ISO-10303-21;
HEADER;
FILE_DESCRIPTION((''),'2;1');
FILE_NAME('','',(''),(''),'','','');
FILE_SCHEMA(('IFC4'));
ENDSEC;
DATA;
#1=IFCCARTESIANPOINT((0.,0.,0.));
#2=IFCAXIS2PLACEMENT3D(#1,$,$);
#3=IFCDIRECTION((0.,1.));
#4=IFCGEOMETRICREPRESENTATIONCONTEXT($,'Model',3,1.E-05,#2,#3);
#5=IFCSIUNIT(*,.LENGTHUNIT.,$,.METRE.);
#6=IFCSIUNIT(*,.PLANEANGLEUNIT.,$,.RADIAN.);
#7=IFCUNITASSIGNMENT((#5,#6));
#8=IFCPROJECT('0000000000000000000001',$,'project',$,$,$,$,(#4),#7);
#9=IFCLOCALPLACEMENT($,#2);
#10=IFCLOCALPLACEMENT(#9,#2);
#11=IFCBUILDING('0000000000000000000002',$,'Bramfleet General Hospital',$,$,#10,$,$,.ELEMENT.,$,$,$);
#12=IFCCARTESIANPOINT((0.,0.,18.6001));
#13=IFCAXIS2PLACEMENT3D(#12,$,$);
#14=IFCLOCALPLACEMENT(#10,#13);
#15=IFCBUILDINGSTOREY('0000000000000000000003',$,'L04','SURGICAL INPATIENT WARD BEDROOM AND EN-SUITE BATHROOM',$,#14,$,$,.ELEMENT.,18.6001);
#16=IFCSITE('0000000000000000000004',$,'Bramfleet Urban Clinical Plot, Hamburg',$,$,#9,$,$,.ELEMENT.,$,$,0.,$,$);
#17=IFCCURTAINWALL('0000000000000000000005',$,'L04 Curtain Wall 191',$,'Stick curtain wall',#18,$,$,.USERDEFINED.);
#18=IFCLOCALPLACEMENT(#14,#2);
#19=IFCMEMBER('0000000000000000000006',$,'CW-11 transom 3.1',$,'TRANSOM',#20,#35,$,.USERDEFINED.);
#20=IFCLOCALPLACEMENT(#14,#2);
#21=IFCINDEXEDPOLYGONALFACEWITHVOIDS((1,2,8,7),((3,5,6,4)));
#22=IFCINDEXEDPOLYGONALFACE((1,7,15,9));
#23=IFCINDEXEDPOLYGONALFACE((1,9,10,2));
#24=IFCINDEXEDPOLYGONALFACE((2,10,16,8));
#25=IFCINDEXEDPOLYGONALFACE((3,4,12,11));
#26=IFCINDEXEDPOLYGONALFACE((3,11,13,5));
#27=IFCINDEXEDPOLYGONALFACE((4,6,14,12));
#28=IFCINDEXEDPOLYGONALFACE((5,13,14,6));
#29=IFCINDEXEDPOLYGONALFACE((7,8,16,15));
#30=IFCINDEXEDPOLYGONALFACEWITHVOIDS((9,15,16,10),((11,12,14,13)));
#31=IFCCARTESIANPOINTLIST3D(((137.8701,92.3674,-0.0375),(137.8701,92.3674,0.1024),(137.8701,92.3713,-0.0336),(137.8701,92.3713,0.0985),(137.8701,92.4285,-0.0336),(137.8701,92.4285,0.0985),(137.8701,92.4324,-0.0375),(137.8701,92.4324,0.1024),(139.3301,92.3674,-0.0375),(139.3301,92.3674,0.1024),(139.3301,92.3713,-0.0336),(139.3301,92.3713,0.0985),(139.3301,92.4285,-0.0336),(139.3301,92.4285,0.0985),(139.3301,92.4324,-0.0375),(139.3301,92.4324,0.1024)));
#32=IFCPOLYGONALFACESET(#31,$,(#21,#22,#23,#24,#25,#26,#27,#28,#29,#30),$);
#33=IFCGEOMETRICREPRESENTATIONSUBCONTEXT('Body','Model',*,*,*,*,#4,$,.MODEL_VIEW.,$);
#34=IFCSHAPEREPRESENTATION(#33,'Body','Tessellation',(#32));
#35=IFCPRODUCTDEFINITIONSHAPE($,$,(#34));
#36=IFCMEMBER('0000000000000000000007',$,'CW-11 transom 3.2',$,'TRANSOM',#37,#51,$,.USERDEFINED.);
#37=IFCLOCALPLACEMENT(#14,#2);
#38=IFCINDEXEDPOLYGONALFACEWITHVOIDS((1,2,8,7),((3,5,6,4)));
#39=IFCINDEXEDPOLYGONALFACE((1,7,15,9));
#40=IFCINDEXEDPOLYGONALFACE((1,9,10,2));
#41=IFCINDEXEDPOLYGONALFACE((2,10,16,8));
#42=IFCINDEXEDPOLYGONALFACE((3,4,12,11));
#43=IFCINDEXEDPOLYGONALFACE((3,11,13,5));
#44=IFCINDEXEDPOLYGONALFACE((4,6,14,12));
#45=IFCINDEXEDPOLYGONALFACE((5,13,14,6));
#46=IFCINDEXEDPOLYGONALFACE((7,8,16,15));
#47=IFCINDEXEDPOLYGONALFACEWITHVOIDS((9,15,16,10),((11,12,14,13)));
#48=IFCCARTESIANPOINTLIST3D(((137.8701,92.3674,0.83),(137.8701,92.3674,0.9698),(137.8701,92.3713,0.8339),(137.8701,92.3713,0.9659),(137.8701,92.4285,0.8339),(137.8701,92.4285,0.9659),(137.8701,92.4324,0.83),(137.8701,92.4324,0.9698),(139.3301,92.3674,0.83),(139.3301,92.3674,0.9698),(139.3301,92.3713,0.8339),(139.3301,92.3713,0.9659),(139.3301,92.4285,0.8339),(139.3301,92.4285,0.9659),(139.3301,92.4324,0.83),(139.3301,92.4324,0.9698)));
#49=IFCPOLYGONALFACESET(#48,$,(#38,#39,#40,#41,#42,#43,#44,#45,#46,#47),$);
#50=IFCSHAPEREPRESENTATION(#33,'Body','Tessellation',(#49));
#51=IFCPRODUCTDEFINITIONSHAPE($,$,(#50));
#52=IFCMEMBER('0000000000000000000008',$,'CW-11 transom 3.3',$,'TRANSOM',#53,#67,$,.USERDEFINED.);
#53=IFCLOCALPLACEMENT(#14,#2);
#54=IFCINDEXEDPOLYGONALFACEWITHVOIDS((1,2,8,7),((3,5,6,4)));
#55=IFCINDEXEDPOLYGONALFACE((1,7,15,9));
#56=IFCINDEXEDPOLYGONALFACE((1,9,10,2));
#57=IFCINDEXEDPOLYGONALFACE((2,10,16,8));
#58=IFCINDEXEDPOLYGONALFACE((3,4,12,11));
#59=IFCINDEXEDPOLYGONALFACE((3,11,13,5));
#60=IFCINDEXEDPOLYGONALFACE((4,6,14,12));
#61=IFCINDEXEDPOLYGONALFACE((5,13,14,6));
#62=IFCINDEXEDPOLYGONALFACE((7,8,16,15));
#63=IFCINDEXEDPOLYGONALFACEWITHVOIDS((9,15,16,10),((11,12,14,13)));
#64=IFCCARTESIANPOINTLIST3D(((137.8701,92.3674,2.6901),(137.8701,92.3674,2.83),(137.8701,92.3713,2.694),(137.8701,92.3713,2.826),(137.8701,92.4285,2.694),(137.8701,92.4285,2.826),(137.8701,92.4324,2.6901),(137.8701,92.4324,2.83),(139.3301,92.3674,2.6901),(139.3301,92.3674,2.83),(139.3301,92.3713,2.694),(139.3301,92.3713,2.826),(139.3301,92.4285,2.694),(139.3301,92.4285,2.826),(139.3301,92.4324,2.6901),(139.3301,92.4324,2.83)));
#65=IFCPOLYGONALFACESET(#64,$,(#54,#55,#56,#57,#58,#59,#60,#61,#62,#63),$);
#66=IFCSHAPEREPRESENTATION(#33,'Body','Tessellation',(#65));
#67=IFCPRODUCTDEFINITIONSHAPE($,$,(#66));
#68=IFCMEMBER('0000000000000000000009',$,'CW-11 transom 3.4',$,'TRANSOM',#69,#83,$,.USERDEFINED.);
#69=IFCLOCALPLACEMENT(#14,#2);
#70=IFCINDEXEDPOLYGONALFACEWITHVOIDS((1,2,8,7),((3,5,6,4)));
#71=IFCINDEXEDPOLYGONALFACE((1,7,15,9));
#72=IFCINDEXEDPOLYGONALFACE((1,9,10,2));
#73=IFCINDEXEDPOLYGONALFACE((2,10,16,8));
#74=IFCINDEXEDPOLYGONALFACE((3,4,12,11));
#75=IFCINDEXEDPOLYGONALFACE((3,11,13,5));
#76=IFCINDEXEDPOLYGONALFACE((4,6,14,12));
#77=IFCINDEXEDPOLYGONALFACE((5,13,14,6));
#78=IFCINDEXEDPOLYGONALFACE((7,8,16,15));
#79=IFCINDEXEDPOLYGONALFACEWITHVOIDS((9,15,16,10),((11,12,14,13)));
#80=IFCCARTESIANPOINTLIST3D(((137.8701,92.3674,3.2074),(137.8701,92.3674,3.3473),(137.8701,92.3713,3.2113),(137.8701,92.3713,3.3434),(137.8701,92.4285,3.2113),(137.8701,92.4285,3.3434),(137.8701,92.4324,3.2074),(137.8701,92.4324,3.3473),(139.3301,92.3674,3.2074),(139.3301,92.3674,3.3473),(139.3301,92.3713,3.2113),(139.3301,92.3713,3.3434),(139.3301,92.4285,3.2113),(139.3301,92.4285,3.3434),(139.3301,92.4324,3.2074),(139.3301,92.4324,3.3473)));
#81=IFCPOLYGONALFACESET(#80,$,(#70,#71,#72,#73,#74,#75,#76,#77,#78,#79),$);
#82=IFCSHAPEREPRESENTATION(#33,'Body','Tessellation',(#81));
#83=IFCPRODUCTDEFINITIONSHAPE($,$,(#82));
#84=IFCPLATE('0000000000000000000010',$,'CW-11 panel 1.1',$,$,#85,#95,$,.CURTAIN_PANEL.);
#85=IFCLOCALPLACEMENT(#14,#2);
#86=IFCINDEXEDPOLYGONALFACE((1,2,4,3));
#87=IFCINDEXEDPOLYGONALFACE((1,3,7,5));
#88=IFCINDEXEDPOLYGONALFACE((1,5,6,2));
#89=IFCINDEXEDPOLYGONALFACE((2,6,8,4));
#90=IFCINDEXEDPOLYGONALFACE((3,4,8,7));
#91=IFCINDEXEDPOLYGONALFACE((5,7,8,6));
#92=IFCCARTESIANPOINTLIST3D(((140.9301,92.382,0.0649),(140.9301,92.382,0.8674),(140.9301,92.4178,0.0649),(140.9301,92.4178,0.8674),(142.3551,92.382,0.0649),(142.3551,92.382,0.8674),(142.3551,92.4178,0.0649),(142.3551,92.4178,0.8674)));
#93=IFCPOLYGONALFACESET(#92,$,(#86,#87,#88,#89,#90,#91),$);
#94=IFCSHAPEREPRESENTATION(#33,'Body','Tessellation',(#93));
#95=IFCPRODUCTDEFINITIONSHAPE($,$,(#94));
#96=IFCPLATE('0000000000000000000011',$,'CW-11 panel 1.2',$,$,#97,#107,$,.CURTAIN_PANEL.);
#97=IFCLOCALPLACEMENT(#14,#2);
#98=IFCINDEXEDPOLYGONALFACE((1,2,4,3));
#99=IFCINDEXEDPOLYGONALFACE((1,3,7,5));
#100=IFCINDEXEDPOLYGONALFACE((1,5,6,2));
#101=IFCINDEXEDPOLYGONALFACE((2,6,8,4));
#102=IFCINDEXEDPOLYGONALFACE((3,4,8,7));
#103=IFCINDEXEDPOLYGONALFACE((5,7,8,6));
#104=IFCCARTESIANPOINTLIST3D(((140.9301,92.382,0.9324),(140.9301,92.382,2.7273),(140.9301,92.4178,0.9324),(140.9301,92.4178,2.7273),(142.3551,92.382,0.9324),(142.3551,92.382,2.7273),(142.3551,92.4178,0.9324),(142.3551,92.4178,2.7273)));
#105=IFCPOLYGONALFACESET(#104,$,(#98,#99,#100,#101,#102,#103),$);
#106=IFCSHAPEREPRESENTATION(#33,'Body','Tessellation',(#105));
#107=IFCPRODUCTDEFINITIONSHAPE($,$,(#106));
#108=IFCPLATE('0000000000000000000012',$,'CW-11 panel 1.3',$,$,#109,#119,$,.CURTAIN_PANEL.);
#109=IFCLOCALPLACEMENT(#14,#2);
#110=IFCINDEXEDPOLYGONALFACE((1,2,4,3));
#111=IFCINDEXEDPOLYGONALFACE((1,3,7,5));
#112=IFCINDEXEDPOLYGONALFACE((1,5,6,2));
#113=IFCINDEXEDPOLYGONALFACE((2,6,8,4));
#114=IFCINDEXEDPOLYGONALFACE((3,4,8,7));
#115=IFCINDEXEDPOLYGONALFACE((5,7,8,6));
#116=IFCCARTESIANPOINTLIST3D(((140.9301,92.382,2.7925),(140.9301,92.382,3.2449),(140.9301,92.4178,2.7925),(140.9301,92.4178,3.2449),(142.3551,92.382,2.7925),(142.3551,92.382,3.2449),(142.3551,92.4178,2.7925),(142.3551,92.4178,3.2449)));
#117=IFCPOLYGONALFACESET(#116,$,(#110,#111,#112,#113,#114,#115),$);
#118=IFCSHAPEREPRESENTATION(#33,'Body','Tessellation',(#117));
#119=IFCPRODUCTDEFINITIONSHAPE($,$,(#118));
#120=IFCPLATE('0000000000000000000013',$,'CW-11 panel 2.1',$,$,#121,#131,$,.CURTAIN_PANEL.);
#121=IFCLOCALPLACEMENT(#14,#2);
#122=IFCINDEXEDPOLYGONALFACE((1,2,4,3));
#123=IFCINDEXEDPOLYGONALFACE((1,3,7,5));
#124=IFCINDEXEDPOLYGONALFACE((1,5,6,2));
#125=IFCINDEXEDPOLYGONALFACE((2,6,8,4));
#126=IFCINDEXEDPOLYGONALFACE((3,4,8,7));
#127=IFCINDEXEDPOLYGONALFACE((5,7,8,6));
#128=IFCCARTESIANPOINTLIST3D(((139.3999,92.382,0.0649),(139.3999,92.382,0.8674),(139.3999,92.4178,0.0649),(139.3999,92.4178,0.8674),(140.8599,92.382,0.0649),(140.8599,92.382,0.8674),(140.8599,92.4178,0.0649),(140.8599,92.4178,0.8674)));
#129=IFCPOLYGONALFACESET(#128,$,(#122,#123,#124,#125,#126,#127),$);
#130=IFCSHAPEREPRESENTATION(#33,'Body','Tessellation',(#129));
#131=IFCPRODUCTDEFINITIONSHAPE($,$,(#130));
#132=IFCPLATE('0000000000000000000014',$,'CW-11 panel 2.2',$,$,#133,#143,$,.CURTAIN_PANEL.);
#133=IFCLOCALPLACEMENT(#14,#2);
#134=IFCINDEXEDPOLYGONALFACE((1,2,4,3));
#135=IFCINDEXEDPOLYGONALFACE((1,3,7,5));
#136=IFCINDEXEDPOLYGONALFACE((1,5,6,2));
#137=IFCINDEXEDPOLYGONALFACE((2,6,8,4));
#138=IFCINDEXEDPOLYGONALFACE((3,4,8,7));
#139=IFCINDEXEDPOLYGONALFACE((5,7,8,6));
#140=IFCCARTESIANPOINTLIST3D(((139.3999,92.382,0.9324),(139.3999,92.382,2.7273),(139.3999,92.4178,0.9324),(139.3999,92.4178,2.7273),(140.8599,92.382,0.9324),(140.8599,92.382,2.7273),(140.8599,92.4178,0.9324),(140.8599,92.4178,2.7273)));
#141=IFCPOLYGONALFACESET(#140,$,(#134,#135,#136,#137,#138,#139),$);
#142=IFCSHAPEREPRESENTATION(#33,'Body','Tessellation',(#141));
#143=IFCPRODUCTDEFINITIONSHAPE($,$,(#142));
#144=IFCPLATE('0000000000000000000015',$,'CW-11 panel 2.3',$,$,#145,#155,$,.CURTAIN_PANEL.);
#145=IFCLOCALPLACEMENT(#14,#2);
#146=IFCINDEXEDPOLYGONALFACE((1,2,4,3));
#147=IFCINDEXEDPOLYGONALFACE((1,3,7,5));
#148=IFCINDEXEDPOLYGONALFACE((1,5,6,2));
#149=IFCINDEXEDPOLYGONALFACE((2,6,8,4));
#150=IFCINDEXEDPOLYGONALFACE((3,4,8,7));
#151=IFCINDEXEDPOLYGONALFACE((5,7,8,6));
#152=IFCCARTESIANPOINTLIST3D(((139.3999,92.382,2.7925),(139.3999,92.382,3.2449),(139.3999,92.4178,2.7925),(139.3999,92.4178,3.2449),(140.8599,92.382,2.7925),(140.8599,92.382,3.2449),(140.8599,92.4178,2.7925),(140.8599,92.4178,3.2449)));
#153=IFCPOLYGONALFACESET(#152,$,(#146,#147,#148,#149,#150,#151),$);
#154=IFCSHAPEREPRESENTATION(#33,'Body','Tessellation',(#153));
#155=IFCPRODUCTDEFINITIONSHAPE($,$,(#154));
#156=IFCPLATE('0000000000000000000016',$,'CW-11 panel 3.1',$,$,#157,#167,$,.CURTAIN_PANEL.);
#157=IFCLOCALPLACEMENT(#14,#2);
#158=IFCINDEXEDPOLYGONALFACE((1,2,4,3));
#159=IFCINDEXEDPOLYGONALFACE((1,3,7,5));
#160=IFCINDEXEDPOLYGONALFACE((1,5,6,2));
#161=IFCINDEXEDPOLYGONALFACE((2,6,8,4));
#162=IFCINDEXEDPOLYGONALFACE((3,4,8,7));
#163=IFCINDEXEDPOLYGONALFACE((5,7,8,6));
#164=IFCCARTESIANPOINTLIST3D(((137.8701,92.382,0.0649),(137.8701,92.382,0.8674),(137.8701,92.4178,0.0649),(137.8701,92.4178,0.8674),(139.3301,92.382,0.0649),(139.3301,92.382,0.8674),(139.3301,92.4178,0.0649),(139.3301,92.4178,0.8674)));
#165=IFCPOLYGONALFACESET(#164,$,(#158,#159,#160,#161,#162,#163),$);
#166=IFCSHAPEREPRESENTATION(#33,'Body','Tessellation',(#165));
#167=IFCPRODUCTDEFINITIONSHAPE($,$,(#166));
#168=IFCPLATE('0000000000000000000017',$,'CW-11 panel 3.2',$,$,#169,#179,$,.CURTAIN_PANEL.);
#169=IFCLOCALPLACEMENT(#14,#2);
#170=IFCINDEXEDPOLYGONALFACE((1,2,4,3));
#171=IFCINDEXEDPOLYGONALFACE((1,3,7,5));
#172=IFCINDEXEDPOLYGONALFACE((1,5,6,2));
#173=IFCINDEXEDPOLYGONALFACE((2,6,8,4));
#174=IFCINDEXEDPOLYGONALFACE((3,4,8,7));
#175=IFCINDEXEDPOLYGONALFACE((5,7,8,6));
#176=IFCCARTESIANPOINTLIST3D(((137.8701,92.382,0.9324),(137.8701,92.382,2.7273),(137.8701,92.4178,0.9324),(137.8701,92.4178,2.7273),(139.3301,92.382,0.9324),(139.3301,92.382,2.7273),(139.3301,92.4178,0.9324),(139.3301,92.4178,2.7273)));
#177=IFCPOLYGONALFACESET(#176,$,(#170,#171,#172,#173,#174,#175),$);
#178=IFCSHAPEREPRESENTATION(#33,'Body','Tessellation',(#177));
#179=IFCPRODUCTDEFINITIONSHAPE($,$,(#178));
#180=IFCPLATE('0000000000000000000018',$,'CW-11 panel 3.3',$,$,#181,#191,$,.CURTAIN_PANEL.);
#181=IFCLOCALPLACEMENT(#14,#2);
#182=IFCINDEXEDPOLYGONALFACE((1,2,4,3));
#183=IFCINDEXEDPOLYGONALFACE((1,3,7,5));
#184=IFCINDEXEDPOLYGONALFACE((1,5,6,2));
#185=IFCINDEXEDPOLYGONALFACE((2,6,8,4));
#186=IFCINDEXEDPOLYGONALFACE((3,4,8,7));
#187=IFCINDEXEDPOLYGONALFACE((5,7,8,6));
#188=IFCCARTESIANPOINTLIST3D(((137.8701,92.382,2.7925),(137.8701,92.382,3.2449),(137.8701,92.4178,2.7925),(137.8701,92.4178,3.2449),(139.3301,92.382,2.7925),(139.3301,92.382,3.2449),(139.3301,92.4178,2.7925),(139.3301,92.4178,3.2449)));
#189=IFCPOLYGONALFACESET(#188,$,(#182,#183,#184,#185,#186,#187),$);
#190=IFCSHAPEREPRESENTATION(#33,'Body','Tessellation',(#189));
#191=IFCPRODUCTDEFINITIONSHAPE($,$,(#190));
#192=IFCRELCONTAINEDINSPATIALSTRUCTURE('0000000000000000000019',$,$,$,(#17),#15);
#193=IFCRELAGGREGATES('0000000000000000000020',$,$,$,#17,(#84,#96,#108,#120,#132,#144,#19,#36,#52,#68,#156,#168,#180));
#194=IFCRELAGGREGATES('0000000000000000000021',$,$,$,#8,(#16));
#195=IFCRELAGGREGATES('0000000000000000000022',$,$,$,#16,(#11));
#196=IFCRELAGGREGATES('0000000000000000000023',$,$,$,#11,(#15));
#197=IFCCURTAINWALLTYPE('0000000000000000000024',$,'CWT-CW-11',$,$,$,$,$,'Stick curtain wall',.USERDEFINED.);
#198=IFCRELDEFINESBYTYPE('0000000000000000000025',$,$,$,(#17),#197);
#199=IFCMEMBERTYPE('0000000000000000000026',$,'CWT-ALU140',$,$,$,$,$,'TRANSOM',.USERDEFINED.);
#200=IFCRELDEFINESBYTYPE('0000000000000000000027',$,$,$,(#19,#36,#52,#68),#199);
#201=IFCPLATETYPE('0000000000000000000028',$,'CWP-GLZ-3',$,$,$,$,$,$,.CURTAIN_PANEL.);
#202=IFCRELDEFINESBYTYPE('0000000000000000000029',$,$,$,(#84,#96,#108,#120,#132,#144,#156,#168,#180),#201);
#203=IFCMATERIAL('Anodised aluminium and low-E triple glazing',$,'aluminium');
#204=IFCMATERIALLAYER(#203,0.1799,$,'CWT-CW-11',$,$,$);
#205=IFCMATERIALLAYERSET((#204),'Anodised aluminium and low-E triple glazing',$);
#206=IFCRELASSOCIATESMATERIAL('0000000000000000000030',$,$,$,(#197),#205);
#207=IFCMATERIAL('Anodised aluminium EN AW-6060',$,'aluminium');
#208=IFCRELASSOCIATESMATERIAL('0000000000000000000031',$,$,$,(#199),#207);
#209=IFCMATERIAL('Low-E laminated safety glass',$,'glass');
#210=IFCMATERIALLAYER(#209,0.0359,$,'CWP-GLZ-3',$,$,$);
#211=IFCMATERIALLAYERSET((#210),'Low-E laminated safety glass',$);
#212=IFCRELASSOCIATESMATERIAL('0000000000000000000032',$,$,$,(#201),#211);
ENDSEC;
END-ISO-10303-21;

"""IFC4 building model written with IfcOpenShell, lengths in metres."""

from ifc_helpers import new_model, si_unit, direction, frame, origin, origin_2d, place, context, subcontext, project, spatial, rectangle, hollow_rectangle, extrude, material, layer, layer_set, material_profile, profile_set, type_object, element, aggregate, save


model = new_model("IFC4")

# Units and contexts
model_context = context("Model", 3, precision=1e-05, world=origin(), true_north=direction((0.0, 1.0)))
body_context = subcontext(model_context, "Body", "Model", "MODEL_VIEW")
ifc_project = project(units=[si_unit("LENGTHUNIT", "METRE"), si_unit("PLANEANGLEUNIT", "RADIAN")], contexts=[model_context])

# Site, building, storey
site_placement = place(None, origin())
site = spatial("IfcSite", under=ifc_project, at=site_placement, Name="Bramfleet Urban Clinical Plot, Hamburg", CompositionType="ELEMENT", RefElevation=0.0)
building_placement = place(site_placement, origin())
building = spatial("IfcBuilding", under=site, at=building_placement, Name="Bramfleet General Hospital", CompositionType="ELEMENT")
storey_placement = place(building_placement, frame((0.0, 0.0, 18.6001)))
storey = spatial("IfcBuildingStorey", under=building, at=storey_placement, Name="L04", Description="SURGICAL INPATIENT WARD BEDROOM AND EN-SUITE BATHROOM", CompositionType="ELEMENT", Elevation=18.6001)

# Curtain wall, members, plates
ifc_material_1 = material(Name="Anodised aluminium and low-E triple glazing", Category="aluminium")
ifc_layer_1 = layer(ifc_material_1, 0.1799, Name="CWT-CW-11")
ifc_layer_set_1 = layer_set([ifc_layer_1], Name="Anodised aluminium and low-E triple glazing")
curtain_wall_type = type_object("IfcCurtainWallType", Name="CWT-CW-11", ElementType="Stick curtain wall", PredefinedType="USERDEFINED", material=ifc_layer_set_1)
curtain_wall_placement = place(storey_placement, origin())
curtain_wall = element("IfcCurtainWall", 1, at=curtain_wall_placement, inside=storey, type_object=curtain_wall_type, Name="L04 Curtain Wall 191", ObjectType="Stick curtain wall", PredefinedType="USERDEFINED")
ifc_material_2 = material(Name="Anodised aluminium EN AW-6060", Category="aluminium")
ifc_material_profile_1 = material_profile(ifc_material_2, hollow_rectangle(XDim=0.0649, YDim=0.1399, WallThickness=0.0039, at=origin_2d()), Name="ALU 140x65x4.0")
ifc_profile_set_1 = profile_set([ifc_material_profile_1], Name="Anodised aluminium EN AW-6060")
member_type_1 = type_object("IfcMemberType", Name="CWT-ALU140", ElementType="TRANSOM", PredefinedType="USERDEFINED", material=ifc_profile_set_1)
member_1_placement = place(storey_placement, frame((139.3301, 92.3999, 0.0325), z_axis=(-1.0, 0.0, 0.0), x_axis=(0.0, -1.0, 0.0)))
member_1 = element("IfcMember", 2, at=member_1_placement, type_object=member_type_1, Name="CW-11 transom 3.1", ObjectType="TRANSOM", PredefinedType="USERDEFINED", context=body_context, shape_type="SweptSolid", body=[
    extrude(hollow_rectangle(XDim=0.0649, YDim=0.1399, WallThickness=0.0039, at=origin_2d()), origin(), (0.0, 0.0, 1.0), 1.46),
])
member_2_placement = place(storey_placement, frame((139.3301, 92.3999, 0.8999), z_axis=(-1.0, 0.0, 0.0), x_axis=(0.0, -1.0, 0.0)))
member_2 = element("IfcMember", 3, at=member_2_placement, type_object=member_type_1, Name="CW-11 transom 3.2", ObjectType="TRANSOM", PredefinedType="USERDEFINED", context=body_context, shape_type="SweptSolid", body=[
    extrude(hollow_rectangle(XDim=0.0649, YDim=0.1399, WallThickness=0.0039, at=origin_2d()), origin(), (0.0, 0.0, 1.0), 1.46),
])
member_3_placement = place(storey_placement, frame((139.3301, 92.3999, 2.76), z_axis=(-1.0, 0.0, 0.0), x_axis=(0.0, -1.0, 0.0)))
member_3 = element("IfcMember", 4, at=member_3_placement, type_object=member_type_1, Name="CW-11 transom 3.3", ObjectType="TRANSOM", PredefinedType="USERDEFINED", context=body_context, shape_type="SweptSolid", body=[
    extrude(hollow_rectangle(XDim=0.0649, YDim=0.1399, WallThickness=0.0039, at=origin_2d()), origin(), (0.0, 0.0, 1.0), 1.46),
])
member_4_placement = place(storey_placement, frame((139.3301, 92.3999, 3.2773), z_axis=(-1.0, 0.0, 0.0), x_axis=(0.0, -1.0, 0.0)))
member_4 = element("IfcMember", 5, at=member_4_placement, type_object=member_type_1, Name="CW-11 transom 3.4", ObjectType="TRANSOM", PredefinedType="USERDEFINED", context=body_context, shape_type="SweptSolid", body=[
    extrude(hollow_rectangle(XDim=0.0649, YDim=0.1399, WallThickness=0.0039, at=origin_2d()), origin(), (0.0, 0.0, 1.0), 1.46),
])
ifc_material_3 = material(Name="Low-E laminated safety glass", Category="glass")
ifc_layer_2 = layer(ifc_material_3, 0.0359, Name="CWP-GLZ-3")
ifc_layer_set_2 = layer_set([ifc_layer_2], Name="Low-E laminated safety glass")
plate_type = type_object("IfcPlateType", Name="CWP-GLZ-3", PredefinedType="CURTAIN_PANEL", material=ifc_layer_set_2)
plate_1_placement = place(storey_placement, frame((141.6426, 92.3999, 0.0649), z_axis=(0.0, 0.0, 1.0), x_axis=(-1.0, 0.0, 0.0)))
plate_1 = element("IfcPlate", 6, at=plate_1_placement, type_object=plate_type, Name="CW-11 panel 1.1", PredefinedType="CURTAIN_PANEL", context=body_context, shape_type="SweptSolid", body=[
    extrude(rectangle(XDim=1.425, YDim=0.0359, at=origin_2d()), origin(), (0.0, 0.0, 1.0), 0.8025),
])
plate_2_placement = place(storey_placement, frame((141.6426, 92.3999, 0.9324), z_axis=(0.0, 0.0, 1.0), x_axis=(-1.0, 0.0, 0.0)))
plate_2 = element("IfcPlate", 7, at=plate_2_placement, type_object=plate_type, Name="CW-11 panel 1.2", PredefinedType="CURTAIN_PANEL", context=body_context, shape_type="SweptSolid", body=[
    extrude(rectangle(XDim=1.425, YDim=0.0359, at=origin_2d()), origin(), (0.0, 0.0, 1.0), 1.7949),
])
plate_3_placement = place(storey_placement, frame((141.6426, 92.3999, 2.7925), z_axis=(0.0, 0.0, 1.0), x_axis=(-1.0, 0.0, 0.0)))
plate_3 = element("IfcPlate", 8, at=plate_3_placement, type_object=plate_type, Name="CW-11 panel 1.3", PredefinedType="CURTAIN_PANEL", context=body_context, shape_type="SweptSolid", body=[
    extrude(rectangle(XDim=1.425, YDim=0.0359, at=origin_2d()), origin(), (0.0, 0.0, 1.0), 0.4524),
])
plate_4_placement = place(storey_placement, frame((140.1299, 92.3999, 0.0649), z_axis=(0.0, 0.0, 1.0), x_axis=(-1.0, 0.0, 0.0)))
plate_4 = element("IfcPlate", 9, at=plate_4_placement, type_object=plate_type, Name="CW-11 panel 2.1", PredefinedType="CURTAIN_PANEL", context=body_context, shape_type="SweptSolid", body=[
    extrude(rectangle(XDim=1.46, YDim=0.0359, at=origin_2d()), origin(), (0.0, 0.0, 1.0), 0.8025),
])
plate_5_placement = place(storey_placement, frame((140.1299, 92.3999, 0.9324), z_axis=(0.0, 0.0, 1.0), x_axis=(-1.0, 0.0, 0.0)))
plate_5 = element("IfcPlate", 10, at=plate_5_placement, type_object=plate_type, Name="CW-11 panel 2.2", PredefinedType="CURTAIN_PANEL", context=body_context, shape_type="SweptSolid", body=[
    extrude(rectangle(XDim=1.46, YDim=0.0359, at=origin_2d()), origin(), (0.0, 0.0, 1.0), 1.7949),
])
plate_6_placement = place(storey_placement, frame((140.1299, 92.3999, 2.7925), z_axis=(0.0, 0.0, 1.0), x_axis=(-1.0, 0.0, 0.0)))
plate_6 = element("IfcPlate", 11, at=plate_6_placement, type_object=plate_type, Name="CW-11 panel 2.3", PredefinedType="CURTAIN_PANEL", context=body_context, shape_type="SweptSolid", body=[
    extrude(rectangle(XDim=1.46, YDim=0.0359, at=origin_2d()), origin(), (0.0, 0.0, 1.0), 0.4524),
])
plate_7_placement = place(storey_placement, frame((138.6001, 92.3999, 0.0649), z_axis=(0.0, 0.0, 1.0), x_axis=(-1.0, 0.0, 0.0)))
plate_7 = element("IfcPlate", 12, at=plate_7_placement, type_object=plate_type, Name="CW-11 panel 3.1", PredefinedType="CURTAIN_PANEL", context=body_context, shape_type="SweptSolid", body=[
    extrude(rectangle(XDim=1.46, YDim=0.0359, at=origin_2d()), origin(), (0.0, 0.0, 1.0), 0.8025),
])
plate_8_placement = place(storey_placement, frame((138.6001, 92.3999, 0.9324), z_axis=(0.0, 0.0, 1.0), x_axis=(-1.0, 0.0, 0.0)))
plate_8 = element("IfcPlate", 13, at=plate_8_placement, type_object=plate_type, Name="CW-11 panel 3.2", PredefinedType="CURTAIN_PANEL", context=body_context, shape_type="SweptSolid", body=[
    extrude(rectangle(XDim=1.46, YDim=0.0359, at=origin_2d()), origin(), (0.0, 0.0, 1.0), 1.7949),
])
plate_9_placement = place(storey_placement, frame((138.6001, 92.3999, 2.7925), z_axis=(0.0, 0.0, 1.0), x_axis=(-1.0, 0.0, 0.0)))
plate_9 = element("IfcPlate", 14, at=plate_9_placement, type_object=plate_type, Name="CW-11 panel 3.3", PredefinedType="CURTAIN_PANEL", context=body_context, shape_type="SweptSolid", body=[
    extrude(rectangle(XDim=1.46, YDim=0.0359, at=origin_2d()), origin(), (0.0, 0.0, 1.0), 0.4524),
])
aggregate(curtain_wall, [plate_1, plate_2, plate_3, plate_4, plate_5, plate_6, member_1, member_2, member_3, member_4, plate_7, plate_8, plate_9])

save(model, "model.ifc")
